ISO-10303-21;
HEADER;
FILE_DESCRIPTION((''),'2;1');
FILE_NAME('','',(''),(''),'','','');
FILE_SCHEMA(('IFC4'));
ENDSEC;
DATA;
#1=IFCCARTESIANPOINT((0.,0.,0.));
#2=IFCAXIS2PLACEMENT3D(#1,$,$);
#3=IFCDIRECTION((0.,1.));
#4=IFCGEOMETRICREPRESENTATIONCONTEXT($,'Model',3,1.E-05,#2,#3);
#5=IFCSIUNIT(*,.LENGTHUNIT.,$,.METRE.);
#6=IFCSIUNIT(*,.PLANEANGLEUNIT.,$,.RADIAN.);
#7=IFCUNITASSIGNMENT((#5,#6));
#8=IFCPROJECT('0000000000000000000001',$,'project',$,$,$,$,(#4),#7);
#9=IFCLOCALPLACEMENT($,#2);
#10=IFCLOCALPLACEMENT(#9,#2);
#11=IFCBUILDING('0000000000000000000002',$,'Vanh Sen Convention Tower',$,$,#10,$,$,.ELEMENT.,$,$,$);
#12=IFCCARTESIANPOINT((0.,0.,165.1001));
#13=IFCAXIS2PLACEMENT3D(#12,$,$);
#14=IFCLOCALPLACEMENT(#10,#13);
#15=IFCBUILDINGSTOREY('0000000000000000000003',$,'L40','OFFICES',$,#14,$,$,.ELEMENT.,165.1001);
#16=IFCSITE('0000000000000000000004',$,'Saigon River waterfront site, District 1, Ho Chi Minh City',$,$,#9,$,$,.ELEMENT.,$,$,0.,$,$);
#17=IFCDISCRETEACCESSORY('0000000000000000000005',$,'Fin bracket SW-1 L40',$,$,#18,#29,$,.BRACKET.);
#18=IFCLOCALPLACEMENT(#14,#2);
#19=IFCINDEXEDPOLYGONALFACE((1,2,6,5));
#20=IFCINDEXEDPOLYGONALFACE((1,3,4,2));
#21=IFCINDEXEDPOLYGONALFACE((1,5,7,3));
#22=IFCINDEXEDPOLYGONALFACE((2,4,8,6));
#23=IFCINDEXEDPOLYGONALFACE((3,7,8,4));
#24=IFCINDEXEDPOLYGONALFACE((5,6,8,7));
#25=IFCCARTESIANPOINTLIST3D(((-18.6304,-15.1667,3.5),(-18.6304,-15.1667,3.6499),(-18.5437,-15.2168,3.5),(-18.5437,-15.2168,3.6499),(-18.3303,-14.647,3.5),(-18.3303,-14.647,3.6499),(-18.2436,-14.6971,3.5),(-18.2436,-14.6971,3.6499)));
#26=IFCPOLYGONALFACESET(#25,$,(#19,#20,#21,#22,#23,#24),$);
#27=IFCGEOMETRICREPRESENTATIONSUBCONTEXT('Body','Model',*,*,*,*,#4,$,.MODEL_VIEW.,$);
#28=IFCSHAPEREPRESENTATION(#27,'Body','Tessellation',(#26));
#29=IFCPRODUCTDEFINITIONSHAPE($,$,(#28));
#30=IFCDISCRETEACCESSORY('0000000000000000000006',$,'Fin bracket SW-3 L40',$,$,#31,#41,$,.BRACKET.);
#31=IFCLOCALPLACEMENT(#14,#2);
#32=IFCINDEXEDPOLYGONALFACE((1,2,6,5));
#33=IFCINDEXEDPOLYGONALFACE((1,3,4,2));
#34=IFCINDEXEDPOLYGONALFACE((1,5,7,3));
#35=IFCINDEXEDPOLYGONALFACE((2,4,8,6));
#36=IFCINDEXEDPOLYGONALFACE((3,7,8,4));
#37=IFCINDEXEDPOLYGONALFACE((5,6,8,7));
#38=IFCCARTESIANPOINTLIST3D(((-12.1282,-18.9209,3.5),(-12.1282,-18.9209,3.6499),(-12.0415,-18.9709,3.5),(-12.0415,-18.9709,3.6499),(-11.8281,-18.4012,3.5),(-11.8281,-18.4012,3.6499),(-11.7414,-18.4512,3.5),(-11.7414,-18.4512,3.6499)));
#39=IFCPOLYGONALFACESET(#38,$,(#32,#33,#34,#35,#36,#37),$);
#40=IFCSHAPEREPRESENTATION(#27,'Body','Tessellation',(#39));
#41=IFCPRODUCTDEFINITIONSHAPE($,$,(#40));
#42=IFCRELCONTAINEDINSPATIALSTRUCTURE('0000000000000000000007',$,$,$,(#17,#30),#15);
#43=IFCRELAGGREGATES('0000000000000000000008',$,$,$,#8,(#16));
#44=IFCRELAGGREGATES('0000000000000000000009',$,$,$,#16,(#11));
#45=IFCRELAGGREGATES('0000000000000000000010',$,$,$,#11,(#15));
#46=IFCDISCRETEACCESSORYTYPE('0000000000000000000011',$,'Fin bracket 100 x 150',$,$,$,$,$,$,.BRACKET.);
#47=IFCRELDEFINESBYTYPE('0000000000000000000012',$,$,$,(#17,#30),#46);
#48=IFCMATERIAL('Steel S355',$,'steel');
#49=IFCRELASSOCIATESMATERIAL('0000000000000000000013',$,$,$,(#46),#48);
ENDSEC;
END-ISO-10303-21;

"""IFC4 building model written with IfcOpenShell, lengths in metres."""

from ifc_helpers import new_model, si_unit, direction, frame, origin, origin_2d, place, context, subcontext, project, spatial, rectangle, extrude, material, type_object, element, save


model = new_model("IFC4")

# Units and contexts
model_context = context("Model", 3, precision=1e-05, world=origin(), true_north=direction((0.0, 1.0)))
body_context = subcontext(model_context, "Body", "Model", "MODEL_VIEW")
ifc_project = project(units=[si_unit("LENGTHUNIT", "METRE"), si_unit("PLANEANGLEUNIT", "RADIAN")], contexts=[model_context])

# Site, building, storey
site_placement = place(None, origin())
site = spatial("IfcSite", under=ifc_project, at=site_placement, Name="Saigon River waterfront site, District 1, Ho Chi Minh City", CompositionType="ELEMENT", RefElevation=0.0)
building_placement = place(site_placement, origin())
building = spatial("IfcBuilding", under=site, at=building_placement, Name="Vanh Sen Convention Tower", CompositionType="ELEMENT")
storey_placement = place(building_placement, frame((0.0, 0.0, 165.1001)))
storey = spatial("IfcBuildingStorey", under=building, at=storey_placement, Name="L40", Description="OFFICES", CompositionType="ELEMENT", Elevation=165.1001)

# Discrete accessories
ifc_material_1 = material(Name="Steel S355", Category="steel")
discrete_accessory_type = type_object("IfcDiscreteAccessoryType", Name="Fin bracket 100 x 150", PredefinedType="BRACKET", material=ifc_material_1)
for number, where, z_axis, x_axis, name in (
    (1, (-18.437, -14.9319, 3.5), (0.0, 0.0, 1.0), (-0.5, -0.866025, 0.0), "Fin bracket SW-1 L40"),
    (2, (-11.9348, -18.686, 3.5), (0.0, 0.0, 1.0), (-0.5, -0.866025, 0.0), "Fin bracket SW-3 L40"),
):
    element("IfcDiscreteAccessory", number, at=place(storey_placement, frame(where, z_axis=z_axis, x_axis=x_axis)), inside=storey, type_object=discrete_accessory_type, Name=name, PredefinedType="BRACKET", context=body_context, shape_type="SweptSolid", body=[
        extrude(rectangle(XDim=0.6001, YDim=0.1001, at=origin_2d()), origin(), (0.0, 0.0, 1.0), 0.1499),
    ])

save(model, "model.ifc")
